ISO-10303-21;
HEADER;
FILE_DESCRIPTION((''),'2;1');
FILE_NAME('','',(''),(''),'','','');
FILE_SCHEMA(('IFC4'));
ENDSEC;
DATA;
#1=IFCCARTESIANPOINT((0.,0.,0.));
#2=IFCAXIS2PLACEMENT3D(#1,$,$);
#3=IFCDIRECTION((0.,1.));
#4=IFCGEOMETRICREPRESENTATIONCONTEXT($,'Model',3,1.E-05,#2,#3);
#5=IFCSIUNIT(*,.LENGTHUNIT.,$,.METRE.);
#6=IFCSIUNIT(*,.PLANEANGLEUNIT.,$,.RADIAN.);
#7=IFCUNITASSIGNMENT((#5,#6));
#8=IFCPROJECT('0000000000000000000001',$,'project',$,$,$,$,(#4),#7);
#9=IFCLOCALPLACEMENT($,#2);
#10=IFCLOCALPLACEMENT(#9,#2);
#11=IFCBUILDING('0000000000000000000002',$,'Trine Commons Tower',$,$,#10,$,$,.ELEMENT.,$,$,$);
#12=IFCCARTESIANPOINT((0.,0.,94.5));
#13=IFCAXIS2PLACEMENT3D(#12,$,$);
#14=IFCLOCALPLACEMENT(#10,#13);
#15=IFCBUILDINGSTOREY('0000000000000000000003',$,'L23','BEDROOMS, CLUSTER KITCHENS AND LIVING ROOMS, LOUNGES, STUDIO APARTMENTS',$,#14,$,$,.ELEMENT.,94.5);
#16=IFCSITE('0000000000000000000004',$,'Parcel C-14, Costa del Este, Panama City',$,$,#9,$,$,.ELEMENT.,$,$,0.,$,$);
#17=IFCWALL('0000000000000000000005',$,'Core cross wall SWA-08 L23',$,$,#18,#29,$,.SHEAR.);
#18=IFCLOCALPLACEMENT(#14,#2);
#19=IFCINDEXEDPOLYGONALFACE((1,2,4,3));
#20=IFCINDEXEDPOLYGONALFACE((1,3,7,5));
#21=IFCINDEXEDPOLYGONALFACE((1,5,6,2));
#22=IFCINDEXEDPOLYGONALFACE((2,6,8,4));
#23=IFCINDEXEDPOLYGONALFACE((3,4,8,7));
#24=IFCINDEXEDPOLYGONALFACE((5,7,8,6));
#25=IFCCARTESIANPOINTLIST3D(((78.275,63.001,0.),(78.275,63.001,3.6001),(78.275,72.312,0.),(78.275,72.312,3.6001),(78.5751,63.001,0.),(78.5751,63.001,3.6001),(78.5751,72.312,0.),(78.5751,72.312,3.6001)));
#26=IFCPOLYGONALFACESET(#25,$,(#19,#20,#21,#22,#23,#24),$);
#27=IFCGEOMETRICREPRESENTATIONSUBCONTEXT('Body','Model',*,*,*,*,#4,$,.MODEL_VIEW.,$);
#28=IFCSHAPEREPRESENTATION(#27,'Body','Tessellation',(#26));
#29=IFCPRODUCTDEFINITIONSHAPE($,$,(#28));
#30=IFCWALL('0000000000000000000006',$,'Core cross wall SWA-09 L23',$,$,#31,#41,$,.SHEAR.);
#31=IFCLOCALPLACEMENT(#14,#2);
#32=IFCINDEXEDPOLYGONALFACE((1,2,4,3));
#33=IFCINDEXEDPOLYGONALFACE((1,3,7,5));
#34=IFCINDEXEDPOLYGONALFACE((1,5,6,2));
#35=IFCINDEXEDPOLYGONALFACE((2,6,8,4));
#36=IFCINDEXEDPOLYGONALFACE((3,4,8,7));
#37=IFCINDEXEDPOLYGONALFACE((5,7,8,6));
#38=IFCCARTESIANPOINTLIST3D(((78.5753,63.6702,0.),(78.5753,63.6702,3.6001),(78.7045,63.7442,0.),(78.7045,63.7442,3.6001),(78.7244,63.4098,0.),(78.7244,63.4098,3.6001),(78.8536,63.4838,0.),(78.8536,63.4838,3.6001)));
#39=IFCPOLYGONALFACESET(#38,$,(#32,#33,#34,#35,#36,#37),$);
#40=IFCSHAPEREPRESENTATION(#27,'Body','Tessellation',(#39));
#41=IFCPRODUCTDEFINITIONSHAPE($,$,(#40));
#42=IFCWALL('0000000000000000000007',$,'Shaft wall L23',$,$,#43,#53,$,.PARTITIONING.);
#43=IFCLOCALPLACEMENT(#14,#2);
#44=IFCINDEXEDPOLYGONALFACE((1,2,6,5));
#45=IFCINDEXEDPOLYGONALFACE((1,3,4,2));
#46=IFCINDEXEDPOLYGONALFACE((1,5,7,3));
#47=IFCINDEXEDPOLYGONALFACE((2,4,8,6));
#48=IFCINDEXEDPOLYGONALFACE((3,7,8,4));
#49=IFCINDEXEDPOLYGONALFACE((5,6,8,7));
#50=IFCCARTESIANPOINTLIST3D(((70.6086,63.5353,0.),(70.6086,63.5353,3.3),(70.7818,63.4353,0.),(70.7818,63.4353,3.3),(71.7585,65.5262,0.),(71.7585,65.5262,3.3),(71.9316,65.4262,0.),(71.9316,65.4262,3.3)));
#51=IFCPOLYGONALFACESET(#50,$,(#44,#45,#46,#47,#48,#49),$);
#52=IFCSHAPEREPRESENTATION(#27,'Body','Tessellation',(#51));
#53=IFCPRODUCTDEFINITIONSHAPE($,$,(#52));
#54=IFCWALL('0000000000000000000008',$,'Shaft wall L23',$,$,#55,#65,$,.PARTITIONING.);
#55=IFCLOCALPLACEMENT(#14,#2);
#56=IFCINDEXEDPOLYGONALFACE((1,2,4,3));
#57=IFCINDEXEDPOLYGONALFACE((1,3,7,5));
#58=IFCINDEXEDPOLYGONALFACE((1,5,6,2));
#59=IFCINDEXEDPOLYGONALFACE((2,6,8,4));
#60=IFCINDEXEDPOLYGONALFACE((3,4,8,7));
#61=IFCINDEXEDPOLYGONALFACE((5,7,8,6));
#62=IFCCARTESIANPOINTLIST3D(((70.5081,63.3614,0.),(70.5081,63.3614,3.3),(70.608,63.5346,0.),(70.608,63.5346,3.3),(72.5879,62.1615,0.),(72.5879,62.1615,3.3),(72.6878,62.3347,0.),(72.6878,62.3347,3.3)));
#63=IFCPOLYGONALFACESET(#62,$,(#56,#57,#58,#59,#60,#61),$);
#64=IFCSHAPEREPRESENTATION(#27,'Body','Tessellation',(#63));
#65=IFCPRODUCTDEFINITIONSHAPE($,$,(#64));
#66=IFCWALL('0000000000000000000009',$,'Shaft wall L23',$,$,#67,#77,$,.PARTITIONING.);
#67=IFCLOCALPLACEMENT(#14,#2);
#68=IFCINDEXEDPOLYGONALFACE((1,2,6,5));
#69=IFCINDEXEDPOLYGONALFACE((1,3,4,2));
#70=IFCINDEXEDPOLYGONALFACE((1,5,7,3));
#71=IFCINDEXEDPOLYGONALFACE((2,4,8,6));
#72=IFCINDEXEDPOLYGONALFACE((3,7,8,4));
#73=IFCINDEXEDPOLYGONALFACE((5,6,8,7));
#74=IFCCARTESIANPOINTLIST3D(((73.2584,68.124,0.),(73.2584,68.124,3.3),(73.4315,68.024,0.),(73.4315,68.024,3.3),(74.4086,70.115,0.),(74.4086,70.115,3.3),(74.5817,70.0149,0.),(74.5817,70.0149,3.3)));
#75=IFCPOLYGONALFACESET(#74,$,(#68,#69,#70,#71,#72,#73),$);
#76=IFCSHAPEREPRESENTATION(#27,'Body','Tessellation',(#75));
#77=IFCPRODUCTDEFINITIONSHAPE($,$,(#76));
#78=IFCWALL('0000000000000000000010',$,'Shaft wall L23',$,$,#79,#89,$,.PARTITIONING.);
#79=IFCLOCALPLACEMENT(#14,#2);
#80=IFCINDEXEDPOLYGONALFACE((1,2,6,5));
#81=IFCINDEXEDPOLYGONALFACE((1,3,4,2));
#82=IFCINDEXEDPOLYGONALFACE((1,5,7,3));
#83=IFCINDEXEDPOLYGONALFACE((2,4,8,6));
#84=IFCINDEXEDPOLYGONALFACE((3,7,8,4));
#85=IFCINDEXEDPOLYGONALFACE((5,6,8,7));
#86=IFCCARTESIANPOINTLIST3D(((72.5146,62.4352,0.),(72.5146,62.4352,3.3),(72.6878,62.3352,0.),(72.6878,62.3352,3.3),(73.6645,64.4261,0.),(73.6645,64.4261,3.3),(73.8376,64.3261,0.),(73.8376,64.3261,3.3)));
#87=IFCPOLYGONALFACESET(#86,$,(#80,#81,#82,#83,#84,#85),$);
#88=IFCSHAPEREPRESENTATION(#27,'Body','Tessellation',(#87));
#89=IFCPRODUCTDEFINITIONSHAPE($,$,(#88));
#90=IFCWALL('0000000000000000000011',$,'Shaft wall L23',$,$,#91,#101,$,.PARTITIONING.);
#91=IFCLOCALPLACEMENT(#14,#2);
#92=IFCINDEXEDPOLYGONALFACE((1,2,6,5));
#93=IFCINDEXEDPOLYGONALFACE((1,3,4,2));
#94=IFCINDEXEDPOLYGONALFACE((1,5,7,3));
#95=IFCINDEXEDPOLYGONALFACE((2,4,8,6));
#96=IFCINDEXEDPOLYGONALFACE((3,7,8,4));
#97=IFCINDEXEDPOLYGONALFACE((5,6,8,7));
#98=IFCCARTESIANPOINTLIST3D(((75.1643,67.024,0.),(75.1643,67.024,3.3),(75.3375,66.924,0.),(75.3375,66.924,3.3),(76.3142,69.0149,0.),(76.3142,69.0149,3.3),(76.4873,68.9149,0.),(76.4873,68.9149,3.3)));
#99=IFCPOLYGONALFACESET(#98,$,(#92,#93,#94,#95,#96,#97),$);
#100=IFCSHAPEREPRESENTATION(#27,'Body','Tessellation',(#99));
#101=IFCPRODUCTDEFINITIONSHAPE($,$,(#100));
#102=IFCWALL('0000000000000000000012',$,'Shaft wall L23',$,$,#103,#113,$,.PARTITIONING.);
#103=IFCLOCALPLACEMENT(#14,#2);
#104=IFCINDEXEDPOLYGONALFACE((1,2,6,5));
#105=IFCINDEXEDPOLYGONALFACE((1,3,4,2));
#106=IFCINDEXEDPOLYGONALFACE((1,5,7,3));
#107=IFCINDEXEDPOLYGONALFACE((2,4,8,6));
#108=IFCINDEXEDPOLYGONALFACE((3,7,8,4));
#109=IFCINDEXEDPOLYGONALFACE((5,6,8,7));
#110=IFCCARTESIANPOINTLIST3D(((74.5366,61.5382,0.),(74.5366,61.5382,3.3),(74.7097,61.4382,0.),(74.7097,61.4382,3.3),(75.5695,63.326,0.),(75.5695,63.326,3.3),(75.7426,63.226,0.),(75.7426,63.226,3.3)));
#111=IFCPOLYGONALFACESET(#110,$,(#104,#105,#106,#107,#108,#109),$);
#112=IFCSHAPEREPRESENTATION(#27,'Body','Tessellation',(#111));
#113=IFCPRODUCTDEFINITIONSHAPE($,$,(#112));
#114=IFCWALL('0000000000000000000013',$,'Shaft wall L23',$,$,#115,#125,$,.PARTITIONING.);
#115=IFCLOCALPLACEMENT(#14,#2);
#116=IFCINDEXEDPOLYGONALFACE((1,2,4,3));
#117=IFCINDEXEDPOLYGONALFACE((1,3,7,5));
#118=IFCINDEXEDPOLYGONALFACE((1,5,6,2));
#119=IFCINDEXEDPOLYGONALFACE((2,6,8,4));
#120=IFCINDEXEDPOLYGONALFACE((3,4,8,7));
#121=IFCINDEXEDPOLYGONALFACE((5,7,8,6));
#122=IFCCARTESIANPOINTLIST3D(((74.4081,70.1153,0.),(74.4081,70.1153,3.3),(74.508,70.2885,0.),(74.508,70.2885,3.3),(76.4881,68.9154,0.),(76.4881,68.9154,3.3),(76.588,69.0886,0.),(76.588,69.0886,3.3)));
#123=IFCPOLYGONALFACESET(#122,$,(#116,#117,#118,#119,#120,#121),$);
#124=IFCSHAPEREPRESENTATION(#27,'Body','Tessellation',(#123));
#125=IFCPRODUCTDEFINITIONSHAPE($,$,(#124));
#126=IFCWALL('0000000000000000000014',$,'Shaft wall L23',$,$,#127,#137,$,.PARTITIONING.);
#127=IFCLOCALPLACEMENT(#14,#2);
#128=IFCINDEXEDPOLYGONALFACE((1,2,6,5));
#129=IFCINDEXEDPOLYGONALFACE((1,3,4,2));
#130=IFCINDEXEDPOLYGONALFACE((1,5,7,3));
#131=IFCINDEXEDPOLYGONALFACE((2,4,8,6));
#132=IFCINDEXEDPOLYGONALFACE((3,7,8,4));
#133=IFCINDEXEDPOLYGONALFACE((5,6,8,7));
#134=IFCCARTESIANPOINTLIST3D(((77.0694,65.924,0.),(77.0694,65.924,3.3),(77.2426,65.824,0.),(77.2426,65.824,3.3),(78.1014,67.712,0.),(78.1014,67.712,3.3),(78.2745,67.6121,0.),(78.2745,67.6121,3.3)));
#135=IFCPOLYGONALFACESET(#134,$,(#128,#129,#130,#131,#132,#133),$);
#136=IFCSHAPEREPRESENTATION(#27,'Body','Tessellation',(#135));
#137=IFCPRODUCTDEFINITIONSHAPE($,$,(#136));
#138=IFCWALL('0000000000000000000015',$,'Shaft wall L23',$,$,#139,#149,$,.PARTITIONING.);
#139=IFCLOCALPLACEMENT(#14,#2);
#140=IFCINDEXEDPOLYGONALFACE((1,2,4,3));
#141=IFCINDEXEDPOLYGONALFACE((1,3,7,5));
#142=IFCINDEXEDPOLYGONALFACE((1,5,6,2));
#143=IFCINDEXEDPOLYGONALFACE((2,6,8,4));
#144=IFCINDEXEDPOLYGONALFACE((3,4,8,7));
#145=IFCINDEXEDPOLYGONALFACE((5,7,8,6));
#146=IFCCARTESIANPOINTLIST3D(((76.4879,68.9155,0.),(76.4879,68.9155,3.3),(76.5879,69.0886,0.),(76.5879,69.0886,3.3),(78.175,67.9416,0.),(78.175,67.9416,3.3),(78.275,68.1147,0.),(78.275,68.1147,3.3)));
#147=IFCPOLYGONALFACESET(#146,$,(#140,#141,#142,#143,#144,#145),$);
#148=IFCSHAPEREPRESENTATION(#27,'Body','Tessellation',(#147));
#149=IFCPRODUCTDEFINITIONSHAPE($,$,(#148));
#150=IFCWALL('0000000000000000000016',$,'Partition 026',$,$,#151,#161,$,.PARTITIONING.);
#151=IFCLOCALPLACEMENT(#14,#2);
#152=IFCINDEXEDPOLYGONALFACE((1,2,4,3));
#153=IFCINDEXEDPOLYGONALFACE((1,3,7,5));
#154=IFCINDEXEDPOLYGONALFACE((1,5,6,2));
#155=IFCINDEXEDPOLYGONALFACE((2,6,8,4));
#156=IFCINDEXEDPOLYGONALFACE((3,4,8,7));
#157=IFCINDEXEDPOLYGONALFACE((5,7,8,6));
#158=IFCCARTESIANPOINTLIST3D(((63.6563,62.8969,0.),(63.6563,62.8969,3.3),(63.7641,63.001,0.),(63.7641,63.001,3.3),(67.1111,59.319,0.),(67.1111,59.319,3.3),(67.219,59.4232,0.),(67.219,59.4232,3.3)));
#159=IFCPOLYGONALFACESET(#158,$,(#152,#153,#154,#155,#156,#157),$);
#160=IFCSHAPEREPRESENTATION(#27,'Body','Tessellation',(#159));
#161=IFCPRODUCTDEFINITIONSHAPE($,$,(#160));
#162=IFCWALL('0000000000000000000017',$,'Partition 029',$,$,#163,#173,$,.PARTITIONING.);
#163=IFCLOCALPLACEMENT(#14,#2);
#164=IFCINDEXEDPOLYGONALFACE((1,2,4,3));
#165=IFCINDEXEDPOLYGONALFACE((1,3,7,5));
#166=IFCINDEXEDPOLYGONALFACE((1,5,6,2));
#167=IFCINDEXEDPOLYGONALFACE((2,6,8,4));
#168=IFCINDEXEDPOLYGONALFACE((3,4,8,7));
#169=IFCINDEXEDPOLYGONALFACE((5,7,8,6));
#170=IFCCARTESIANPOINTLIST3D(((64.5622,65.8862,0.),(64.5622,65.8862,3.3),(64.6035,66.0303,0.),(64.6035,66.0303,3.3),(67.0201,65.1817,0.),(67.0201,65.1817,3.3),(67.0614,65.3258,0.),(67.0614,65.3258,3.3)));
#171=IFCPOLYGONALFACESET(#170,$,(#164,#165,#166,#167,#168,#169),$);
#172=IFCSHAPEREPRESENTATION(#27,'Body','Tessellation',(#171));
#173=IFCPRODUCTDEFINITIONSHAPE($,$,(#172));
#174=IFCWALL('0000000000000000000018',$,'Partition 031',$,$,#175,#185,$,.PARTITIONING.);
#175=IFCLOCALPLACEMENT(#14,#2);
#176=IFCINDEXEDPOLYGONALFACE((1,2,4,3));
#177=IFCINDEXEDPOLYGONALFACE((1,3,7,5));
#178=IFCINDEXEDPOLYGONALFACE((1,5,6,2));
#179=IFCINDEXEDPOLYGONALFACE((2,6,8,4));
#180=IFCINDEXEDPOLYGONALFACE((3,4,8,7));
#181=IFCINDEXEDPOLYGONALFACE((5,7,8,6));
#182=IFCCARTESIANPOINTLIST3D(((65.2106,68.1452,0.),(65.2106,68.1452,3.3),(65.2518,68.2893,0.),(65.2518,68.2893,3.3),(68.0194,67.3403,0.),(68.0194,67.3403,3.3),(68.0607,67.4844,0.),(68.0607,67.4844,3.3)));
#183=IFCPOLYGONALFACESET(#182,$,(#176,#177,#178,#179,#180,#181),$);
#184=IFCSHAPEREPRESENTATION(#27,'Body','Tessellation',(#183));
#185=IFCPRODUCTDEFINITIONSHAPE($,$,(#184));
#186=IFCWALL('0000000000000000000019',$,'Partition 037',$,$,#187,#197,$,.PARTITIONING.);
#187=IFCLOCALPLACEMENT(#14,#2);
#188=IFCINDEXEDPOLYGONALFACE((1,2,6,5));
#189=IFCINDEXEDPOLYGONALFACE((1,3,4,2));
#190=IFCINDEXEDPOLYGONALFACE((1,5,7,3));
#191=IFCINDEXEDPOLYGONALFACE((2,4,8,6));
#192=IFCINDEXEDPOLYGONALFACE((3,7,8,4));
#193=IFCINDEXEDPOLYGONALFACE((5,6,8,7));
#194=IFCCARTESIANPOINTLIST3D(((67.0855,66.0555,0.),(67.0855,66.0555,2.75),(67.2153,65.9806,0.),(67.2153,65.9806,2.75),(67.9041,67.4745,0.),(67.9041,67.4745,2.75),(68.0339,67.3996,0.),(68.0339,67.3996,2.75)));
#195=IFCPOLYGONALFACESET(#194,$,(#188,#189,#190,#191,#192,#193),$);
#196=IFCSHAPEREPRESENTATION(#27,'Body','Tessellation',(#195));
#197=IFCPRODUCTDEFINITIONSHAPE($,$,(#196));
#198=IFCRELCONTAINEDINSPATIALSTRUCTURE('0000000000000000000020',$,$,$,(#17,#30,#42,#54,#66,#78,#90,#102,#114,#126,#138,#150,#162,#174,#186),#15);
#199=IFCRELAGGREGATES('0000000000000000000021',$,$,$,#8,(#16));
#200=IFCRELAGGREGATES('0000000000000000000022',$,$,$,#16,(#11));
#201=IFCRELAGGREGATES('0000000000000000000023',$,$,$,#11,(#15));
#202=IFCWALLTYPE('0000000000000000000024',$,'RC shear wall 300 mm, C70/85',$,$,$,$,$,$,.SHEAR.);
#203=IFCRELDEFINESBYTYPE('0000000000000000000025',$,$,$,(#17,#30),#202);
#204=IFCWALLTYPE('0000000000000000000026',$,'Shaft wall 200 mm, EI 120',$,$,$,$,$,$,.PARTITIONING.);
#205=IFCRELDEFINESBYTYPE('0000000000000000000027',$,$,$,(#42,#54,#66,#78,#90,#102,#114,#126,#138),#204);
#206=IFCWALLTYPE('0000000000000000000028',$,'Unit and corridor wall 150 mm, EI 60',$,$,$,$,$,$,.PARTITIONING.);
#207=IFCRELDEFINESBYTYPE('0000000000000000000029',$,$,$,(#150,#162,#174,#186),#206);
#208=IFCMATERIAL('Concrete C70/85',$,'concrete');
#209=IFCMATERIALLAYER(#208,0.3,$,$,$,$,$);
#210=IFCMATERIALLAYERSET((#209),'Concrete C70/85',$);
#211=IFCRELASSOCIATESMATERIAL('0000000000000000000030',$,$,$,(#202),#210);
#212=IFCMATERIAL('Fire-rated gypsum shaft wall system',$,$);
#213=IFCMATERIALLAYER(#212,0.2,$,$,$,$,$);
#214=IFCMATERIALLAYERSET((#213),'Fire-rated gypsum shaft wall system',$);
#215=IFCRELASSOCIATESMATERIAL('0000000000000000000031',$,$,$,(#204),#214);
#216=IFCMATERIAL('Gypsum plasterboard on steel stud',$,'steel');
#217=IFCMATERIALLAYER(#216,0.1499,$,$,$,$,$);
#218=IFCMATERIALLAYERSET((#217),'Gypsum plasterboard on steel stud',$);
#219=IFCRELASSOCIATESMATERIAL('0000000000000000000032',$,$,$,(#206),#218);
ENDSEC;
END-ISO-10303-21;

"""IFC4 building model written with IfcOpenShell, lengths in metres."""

from ifc_helpers import new_model, si_unit, direction, frame, frame_2d, origin, place, context, subcontext, project, spatial, rectangle, extrude, material, layer, layer_set, type_object, element, save


model = new_model("IFC4")

# Units and contexts
model_context = context("Model", 3, precision=1e-05, world=origin(), true_north=direction((0.0, 1.0)))
body_context = subcontext(model_context, "Body", "Model", "MODEL_VIEW")
ifc_project = project(units=[si_unit("LENGTHUNIT", "METRE"), si_unit("PLANEANGLEUNIT", "RADIAN")], contexts=[model_context])

# Site, building, storey
site_placement = place(None, origin())
site = spatial("IfcSite", under=ifc_project, at=site_placement, Name="Parcel C-14, Costa del Este, Panama City", CompositionType="ELEMENT", RefElevation=0.0)
building_placement = place(site_placement, origin())
building = spatial("IfcBuilding", under=site, at=building_placement, Name="Trine Commons Tower", CompositionType="ELEMENT")
storey_placement = place(building_placement, frame((0.0, 0.0, 94.5)))
storey = spatial("IfcBuildingStorey", under=building, at=storey_placement, Name="L23", Description="BEDROOMS, CLUSTER KITCHENS AND LIVING ROOMS, LOUNGES, STUDIO APARTMENTS", CompositionType="ELEMENT", Elevation=94.5)

# Shared definitions
ifc_material_1 = material(Name="Fire-rated gypsum shaft wall system")
ifc_material_2 = material(Name="Concrete C70/85", Category="concrete")
ifc_layer_1 = layer(ifc_material_2, 0.3)
ifc_layer_set_1 = layer_set([ifc_layer_1], Name="Concrete C70/85")
wall_type_1 = type_object("IfcWallType", Name="RC shear wall 300 mm, C70/85", PredefinedType="SHEAR", material=ifc_layer_set_1)

# Walls
wall_1_placement = place(storey_placement, frame((78.425, 63.001, 0.0), z_axis=(0.0, 0.0, 1.0), x_axis=(0.0, 1.0, 0.0)))
element("IfcWall", 1, at=wall_1_placement, inside=storey, type_object=wall_type_1, Name="Core cross wall SWA-08 L23", PredefinedType="SHEAR", context=body_context, shape_type="SweptSolid", body=[
    extrude(rectangle(XDim=9.311, YDim=0.3, at=frame_2d((4.6555, 0.0))), origin(), (0.0, 0.0, 1.0), 3.6001),
])
wall_2_placement = place(storey_placement, frame((78.7791, 63.614, 0.0), z_axis=(0.0, 0.0, 1.0), x_axis=(-0.867738, -0.497022, 0.0)))
element("IfcWall", 2, at=wall_2_placement, inside=storey, type_object=wall_type_1, Name="Core cross wall SWA-09 L23", PredefinedType="SHEAR", context=body_context, shape_type="SweptSolid", body=[
    extrude(rectangle(XDim=0.1489, YDim=0.3, at=frame_2d((0.0745, 0.0))), origin(), (0.0, 0.0, 1.0), 3.6001),
])
ifc_layer_2 = layer(ifc_material_1, 0.2)
ifc_layer_set_2 = layer_set([ifc_layer_2], Name="Fire-rated gypsum shaft wall system")
wall_type_2 = type_object("IfcWallType", Name="Shaft wall 200 mm, EI 120", PredefinedType="PARTITIONING", material=ifc_layer_set_2)
wall_3_placement = place(storey_placement, frame((71.845, 65.4761, 0.0), z_axis=(0.0, 0.0, 1.0), x_axis=(-0.500136, -0.865947, 0.0)))
element("IfcWall", 3, at=wall_3_placement, inside=storey, type_object=wall_type_2, Name="Shaft wall L23", PredefinedType="PARTITIONING", context=body_context, shape_type="SweptSolid", body=[
    extrude(rectangle(XDim=2.2991, YDim=0.2, at=frame_2d((1.1494, 0.0))), origin(), (0.0, 0.0, 1.0), 3.3),
])
wall_4_placement = place(storey_placement, frame((72.6379, 62.248, 0.0), z_axis=(0.0, 0.0, 1.0), x_axis=(-0.866177, 0.499737, 0.0)))
element("IfcWall", 4, at=wall_4_placement, inside=storey, type_object=wall_type_2, Name="Shaft wall L23", PredefinedType="PARTITIONING", context=body_context, shape_type="SweptSolid", body=[
    extrude(rectangle(XDim=2.4011, YDim=0.2, at=frame_2d((1.2007, 0.0))), origin(), (0.0, 0.0, 1.0), 3.3),
])
wall_5_placement = place(storey_placement, frame((73.345, 68.074, 0.0), z_axis=(0.0, 0.0, 1.0), x_axis=(0.500216, 0.865901, 0.0)))
element("IfcWall", 5, at=wall_5_placement, inside=storey, type_object=wall_type_2, Name="Shaft wall L23", PredefinedType="PARTITIONING", context=body_context, shape_type="SweptSolid", body=[
    extrude(rectangle(XDim=2.2993, YDim=0.2, at=frame_2d((1.1497, 0.0))), origin(), (0.0, 0.0, 1.0), 3.3),
])
for number, where, z_axis, x_axis, name in (
    (6, (73.751, 64.376, 0.0), (0.0, 0.0, 1.0), (-0.500136, -0.865947, 0.0), "Shaft wall L23"),
    (7, (75.251, 66.9741, 0.0), (0.0, 0.0, 1.0), (0.500136, 0.865947, 0.0), "Shaft wall L23"),
):
    element("IfcWall", number, at=place(storey_placement, frame(where, z_axis=z_axis, x_axis=x_axis)), inside=storey, type_object=wall_type_2, Name=name, PredefinedType="PARTITIONING", context=body_context, shape_type="SweptSolid", body=[
        extrude(rectangle(XDim=2.2991, YDim=0.2, at=frame_2d((1.1494, 0.0))), origin(), (0.0, 0.0, 1.0), 3.3),
    ])
wall_6_placement = place(storey_placement, frame((75.656, 63.2759, 0.0), z_axis=(0.0, 0.0, 1.0), x_axis=(-0.500272, -0.865868, 0.0)))
element("IfcWall", 8, at=wall_6_placement, inside=storey, type_object=wall_type_2, Name="Shaft wall L23", PredefinedType="PARTITIONING", context=body_context, shape_type="SweptSolid", body=[
    extrude(rectangle(XDim=2.0647, YDim=0.2, at=frame_2d((1.0322, 0.0))), origin(), (0.0, 0.0, 1.0), 3.3),
])
wall_7_placement = place(storey_placement, frame((76.5381, 69.002, 0.0), z_axis=(0.0, 0.0, 1.0), x_axis=(-0.866203, 0.499693, 0.0)))
element("IfcWall", 9, at=wall_7_placement, inside=storey, type_object=wall_type_2, Name="Shaft wall L23", PredefinedType="PARTITIONING", context=body_context, shape_type="SweptSolid", body=[
    extrude(rectangle(XDim=2.4014, YDim=0.2, at=frame_2d((1.2007, 0.0))), origin(), (0.0, 0.0, 1.0), 3.3),
])
wall_8_placement = place(storey_placement, frame((77.156, 65.874, 0.0), z_axis=(0.0, 0.0, 1.0), x_axis=(0.499866, 0.866103, 0.0)))
element("IfcWall", 10, at=wall_8_placement, inside=storey, type_object=wall_type_2, Name="Shaft wall L23", PredefinedType="PARTITIONING", context=body_context, shape_type="SweptSolid", body=[
    extrude(rectangle(XDim=2.0645, YDim=0.2, at=frame_2d((1.0322, 0.0))), origin(), (0.0, 0.0, 1.0), 3.3),
])
wall_9_placement = place(storey_placement, frame((78.2251, 68.0281, 0.0), z_axis=(0.0, 0.0, 1.0), x_axis=(-0.866052, 0.499954, 0.0)))
element("IfcWall", 11, at=wall_9_placement, inside=storey, type_object=wall_type_2, Name="Shaft wall L23", PredefinedType="PARTITIONING", context=body_context, shape_type="SweptSolid", body=[
    extrude(rectangle(XDim=1.948, YDim=0.2, at=frame_2d((0.9741, 0.0))), origin(), (0.0, 0.0, 1.0), 3.3),
])
ifc_material_3 = material(Name="Gypsum plasterboard on steel stud", Category="steel")
ifc_layer_3 = layer(ifc_material_3, 0.1499)
ifc_layer_set_3 = layer_set([ifc_layer_3], Name="Gypsum plasterboard on steel stud")
wall_type_3 = type_object("IfcWallType", Name="Unit and corridor wall 150 mm, EI 60", PredefinedType="PARTITIONING", material=ifc_layer_set_3)
wall_10_placement = place(storey_placement, frame((63.7102, 62.949, 0.0), z_axis=(0.0, 0.0, 1.0), x_axis=(0.694629, -0.719368, 0.0)))
element("IfcWall", 12, at=wall_10_placement, inside=storey, type_object=wall_type_3, Name="Partition 026", PredefinedType="PARTITIONING", context=body_context, shape_type="SweptSolid", body=[
    extrude(rectangle(XDim=4.9736, YDim=0.1499, at=frame_2d((2.4868, 0.0))), origin(), (0.0, 0.0, 1.0), 3.3),
])
wall_11_placement = place(storey_placement, frame((64.583, 65.9583, 0.0), z_axis=(0.0, 0.0, 1.0), x_axis=(0.961286, -0.275553, 0.0)))
element("IfcWall", 13, at=wall_11_placement, inside=storey, type_object=wall_type_3, Name="Partition 029", PredefinedType="PARTITIONING", context=body_context, shape_type="SweptSolid", body=[
    extrude(rectangle(XDim=2.5569, YDim=0.1499, at=frame_2d((1.2783, 0.0))), origin(), (0.0, 0.0, 1.0), 3.3),
])
wall_12_placement = place(storey_placement, frame((65.2312, 68.2173, 0.0), z_axis=(0.0, 0.0, 1.0), x_axis=(0.961306, -0.275483, 0.0)))
element("IfcWall", 14, at=wall_12_placement, inside=storey, type_object=wall_type_3, Name="Partition 031", PredefinedType="PARTITIONING", context=body_context, shape_type="SweptSolid", body=[
    extrude(rectangle(XDim=2.9219, YDim=0.1499, at=frame_2d((1.4609, 0.0))), origin(), (0.0, 0.0, 1.0), 3.3),
])
wall_13_placement = place(storey_placement, frame((67.1504, 66.0181, 0.0), z_axis=(0.0, 0.0, 1.0), x_axis=(0.499714, 0.866191, 0.0)))
element("IfcWall", 15, at=wall_13_placement, inside=storey, type_object=wall_type_3, Name="Partition 037", PredefinedType="PARTITIONING", context=body_context, shape_type="SweptSolid", body=[
    extrude(rectangle(XDim=1.6382, YDim=0.1499, at=frame_2d((0.8191, 0.0))), origin(), (0.0, 0.0, 1.0), 2.75),
])

save(model, "model.ifc")
